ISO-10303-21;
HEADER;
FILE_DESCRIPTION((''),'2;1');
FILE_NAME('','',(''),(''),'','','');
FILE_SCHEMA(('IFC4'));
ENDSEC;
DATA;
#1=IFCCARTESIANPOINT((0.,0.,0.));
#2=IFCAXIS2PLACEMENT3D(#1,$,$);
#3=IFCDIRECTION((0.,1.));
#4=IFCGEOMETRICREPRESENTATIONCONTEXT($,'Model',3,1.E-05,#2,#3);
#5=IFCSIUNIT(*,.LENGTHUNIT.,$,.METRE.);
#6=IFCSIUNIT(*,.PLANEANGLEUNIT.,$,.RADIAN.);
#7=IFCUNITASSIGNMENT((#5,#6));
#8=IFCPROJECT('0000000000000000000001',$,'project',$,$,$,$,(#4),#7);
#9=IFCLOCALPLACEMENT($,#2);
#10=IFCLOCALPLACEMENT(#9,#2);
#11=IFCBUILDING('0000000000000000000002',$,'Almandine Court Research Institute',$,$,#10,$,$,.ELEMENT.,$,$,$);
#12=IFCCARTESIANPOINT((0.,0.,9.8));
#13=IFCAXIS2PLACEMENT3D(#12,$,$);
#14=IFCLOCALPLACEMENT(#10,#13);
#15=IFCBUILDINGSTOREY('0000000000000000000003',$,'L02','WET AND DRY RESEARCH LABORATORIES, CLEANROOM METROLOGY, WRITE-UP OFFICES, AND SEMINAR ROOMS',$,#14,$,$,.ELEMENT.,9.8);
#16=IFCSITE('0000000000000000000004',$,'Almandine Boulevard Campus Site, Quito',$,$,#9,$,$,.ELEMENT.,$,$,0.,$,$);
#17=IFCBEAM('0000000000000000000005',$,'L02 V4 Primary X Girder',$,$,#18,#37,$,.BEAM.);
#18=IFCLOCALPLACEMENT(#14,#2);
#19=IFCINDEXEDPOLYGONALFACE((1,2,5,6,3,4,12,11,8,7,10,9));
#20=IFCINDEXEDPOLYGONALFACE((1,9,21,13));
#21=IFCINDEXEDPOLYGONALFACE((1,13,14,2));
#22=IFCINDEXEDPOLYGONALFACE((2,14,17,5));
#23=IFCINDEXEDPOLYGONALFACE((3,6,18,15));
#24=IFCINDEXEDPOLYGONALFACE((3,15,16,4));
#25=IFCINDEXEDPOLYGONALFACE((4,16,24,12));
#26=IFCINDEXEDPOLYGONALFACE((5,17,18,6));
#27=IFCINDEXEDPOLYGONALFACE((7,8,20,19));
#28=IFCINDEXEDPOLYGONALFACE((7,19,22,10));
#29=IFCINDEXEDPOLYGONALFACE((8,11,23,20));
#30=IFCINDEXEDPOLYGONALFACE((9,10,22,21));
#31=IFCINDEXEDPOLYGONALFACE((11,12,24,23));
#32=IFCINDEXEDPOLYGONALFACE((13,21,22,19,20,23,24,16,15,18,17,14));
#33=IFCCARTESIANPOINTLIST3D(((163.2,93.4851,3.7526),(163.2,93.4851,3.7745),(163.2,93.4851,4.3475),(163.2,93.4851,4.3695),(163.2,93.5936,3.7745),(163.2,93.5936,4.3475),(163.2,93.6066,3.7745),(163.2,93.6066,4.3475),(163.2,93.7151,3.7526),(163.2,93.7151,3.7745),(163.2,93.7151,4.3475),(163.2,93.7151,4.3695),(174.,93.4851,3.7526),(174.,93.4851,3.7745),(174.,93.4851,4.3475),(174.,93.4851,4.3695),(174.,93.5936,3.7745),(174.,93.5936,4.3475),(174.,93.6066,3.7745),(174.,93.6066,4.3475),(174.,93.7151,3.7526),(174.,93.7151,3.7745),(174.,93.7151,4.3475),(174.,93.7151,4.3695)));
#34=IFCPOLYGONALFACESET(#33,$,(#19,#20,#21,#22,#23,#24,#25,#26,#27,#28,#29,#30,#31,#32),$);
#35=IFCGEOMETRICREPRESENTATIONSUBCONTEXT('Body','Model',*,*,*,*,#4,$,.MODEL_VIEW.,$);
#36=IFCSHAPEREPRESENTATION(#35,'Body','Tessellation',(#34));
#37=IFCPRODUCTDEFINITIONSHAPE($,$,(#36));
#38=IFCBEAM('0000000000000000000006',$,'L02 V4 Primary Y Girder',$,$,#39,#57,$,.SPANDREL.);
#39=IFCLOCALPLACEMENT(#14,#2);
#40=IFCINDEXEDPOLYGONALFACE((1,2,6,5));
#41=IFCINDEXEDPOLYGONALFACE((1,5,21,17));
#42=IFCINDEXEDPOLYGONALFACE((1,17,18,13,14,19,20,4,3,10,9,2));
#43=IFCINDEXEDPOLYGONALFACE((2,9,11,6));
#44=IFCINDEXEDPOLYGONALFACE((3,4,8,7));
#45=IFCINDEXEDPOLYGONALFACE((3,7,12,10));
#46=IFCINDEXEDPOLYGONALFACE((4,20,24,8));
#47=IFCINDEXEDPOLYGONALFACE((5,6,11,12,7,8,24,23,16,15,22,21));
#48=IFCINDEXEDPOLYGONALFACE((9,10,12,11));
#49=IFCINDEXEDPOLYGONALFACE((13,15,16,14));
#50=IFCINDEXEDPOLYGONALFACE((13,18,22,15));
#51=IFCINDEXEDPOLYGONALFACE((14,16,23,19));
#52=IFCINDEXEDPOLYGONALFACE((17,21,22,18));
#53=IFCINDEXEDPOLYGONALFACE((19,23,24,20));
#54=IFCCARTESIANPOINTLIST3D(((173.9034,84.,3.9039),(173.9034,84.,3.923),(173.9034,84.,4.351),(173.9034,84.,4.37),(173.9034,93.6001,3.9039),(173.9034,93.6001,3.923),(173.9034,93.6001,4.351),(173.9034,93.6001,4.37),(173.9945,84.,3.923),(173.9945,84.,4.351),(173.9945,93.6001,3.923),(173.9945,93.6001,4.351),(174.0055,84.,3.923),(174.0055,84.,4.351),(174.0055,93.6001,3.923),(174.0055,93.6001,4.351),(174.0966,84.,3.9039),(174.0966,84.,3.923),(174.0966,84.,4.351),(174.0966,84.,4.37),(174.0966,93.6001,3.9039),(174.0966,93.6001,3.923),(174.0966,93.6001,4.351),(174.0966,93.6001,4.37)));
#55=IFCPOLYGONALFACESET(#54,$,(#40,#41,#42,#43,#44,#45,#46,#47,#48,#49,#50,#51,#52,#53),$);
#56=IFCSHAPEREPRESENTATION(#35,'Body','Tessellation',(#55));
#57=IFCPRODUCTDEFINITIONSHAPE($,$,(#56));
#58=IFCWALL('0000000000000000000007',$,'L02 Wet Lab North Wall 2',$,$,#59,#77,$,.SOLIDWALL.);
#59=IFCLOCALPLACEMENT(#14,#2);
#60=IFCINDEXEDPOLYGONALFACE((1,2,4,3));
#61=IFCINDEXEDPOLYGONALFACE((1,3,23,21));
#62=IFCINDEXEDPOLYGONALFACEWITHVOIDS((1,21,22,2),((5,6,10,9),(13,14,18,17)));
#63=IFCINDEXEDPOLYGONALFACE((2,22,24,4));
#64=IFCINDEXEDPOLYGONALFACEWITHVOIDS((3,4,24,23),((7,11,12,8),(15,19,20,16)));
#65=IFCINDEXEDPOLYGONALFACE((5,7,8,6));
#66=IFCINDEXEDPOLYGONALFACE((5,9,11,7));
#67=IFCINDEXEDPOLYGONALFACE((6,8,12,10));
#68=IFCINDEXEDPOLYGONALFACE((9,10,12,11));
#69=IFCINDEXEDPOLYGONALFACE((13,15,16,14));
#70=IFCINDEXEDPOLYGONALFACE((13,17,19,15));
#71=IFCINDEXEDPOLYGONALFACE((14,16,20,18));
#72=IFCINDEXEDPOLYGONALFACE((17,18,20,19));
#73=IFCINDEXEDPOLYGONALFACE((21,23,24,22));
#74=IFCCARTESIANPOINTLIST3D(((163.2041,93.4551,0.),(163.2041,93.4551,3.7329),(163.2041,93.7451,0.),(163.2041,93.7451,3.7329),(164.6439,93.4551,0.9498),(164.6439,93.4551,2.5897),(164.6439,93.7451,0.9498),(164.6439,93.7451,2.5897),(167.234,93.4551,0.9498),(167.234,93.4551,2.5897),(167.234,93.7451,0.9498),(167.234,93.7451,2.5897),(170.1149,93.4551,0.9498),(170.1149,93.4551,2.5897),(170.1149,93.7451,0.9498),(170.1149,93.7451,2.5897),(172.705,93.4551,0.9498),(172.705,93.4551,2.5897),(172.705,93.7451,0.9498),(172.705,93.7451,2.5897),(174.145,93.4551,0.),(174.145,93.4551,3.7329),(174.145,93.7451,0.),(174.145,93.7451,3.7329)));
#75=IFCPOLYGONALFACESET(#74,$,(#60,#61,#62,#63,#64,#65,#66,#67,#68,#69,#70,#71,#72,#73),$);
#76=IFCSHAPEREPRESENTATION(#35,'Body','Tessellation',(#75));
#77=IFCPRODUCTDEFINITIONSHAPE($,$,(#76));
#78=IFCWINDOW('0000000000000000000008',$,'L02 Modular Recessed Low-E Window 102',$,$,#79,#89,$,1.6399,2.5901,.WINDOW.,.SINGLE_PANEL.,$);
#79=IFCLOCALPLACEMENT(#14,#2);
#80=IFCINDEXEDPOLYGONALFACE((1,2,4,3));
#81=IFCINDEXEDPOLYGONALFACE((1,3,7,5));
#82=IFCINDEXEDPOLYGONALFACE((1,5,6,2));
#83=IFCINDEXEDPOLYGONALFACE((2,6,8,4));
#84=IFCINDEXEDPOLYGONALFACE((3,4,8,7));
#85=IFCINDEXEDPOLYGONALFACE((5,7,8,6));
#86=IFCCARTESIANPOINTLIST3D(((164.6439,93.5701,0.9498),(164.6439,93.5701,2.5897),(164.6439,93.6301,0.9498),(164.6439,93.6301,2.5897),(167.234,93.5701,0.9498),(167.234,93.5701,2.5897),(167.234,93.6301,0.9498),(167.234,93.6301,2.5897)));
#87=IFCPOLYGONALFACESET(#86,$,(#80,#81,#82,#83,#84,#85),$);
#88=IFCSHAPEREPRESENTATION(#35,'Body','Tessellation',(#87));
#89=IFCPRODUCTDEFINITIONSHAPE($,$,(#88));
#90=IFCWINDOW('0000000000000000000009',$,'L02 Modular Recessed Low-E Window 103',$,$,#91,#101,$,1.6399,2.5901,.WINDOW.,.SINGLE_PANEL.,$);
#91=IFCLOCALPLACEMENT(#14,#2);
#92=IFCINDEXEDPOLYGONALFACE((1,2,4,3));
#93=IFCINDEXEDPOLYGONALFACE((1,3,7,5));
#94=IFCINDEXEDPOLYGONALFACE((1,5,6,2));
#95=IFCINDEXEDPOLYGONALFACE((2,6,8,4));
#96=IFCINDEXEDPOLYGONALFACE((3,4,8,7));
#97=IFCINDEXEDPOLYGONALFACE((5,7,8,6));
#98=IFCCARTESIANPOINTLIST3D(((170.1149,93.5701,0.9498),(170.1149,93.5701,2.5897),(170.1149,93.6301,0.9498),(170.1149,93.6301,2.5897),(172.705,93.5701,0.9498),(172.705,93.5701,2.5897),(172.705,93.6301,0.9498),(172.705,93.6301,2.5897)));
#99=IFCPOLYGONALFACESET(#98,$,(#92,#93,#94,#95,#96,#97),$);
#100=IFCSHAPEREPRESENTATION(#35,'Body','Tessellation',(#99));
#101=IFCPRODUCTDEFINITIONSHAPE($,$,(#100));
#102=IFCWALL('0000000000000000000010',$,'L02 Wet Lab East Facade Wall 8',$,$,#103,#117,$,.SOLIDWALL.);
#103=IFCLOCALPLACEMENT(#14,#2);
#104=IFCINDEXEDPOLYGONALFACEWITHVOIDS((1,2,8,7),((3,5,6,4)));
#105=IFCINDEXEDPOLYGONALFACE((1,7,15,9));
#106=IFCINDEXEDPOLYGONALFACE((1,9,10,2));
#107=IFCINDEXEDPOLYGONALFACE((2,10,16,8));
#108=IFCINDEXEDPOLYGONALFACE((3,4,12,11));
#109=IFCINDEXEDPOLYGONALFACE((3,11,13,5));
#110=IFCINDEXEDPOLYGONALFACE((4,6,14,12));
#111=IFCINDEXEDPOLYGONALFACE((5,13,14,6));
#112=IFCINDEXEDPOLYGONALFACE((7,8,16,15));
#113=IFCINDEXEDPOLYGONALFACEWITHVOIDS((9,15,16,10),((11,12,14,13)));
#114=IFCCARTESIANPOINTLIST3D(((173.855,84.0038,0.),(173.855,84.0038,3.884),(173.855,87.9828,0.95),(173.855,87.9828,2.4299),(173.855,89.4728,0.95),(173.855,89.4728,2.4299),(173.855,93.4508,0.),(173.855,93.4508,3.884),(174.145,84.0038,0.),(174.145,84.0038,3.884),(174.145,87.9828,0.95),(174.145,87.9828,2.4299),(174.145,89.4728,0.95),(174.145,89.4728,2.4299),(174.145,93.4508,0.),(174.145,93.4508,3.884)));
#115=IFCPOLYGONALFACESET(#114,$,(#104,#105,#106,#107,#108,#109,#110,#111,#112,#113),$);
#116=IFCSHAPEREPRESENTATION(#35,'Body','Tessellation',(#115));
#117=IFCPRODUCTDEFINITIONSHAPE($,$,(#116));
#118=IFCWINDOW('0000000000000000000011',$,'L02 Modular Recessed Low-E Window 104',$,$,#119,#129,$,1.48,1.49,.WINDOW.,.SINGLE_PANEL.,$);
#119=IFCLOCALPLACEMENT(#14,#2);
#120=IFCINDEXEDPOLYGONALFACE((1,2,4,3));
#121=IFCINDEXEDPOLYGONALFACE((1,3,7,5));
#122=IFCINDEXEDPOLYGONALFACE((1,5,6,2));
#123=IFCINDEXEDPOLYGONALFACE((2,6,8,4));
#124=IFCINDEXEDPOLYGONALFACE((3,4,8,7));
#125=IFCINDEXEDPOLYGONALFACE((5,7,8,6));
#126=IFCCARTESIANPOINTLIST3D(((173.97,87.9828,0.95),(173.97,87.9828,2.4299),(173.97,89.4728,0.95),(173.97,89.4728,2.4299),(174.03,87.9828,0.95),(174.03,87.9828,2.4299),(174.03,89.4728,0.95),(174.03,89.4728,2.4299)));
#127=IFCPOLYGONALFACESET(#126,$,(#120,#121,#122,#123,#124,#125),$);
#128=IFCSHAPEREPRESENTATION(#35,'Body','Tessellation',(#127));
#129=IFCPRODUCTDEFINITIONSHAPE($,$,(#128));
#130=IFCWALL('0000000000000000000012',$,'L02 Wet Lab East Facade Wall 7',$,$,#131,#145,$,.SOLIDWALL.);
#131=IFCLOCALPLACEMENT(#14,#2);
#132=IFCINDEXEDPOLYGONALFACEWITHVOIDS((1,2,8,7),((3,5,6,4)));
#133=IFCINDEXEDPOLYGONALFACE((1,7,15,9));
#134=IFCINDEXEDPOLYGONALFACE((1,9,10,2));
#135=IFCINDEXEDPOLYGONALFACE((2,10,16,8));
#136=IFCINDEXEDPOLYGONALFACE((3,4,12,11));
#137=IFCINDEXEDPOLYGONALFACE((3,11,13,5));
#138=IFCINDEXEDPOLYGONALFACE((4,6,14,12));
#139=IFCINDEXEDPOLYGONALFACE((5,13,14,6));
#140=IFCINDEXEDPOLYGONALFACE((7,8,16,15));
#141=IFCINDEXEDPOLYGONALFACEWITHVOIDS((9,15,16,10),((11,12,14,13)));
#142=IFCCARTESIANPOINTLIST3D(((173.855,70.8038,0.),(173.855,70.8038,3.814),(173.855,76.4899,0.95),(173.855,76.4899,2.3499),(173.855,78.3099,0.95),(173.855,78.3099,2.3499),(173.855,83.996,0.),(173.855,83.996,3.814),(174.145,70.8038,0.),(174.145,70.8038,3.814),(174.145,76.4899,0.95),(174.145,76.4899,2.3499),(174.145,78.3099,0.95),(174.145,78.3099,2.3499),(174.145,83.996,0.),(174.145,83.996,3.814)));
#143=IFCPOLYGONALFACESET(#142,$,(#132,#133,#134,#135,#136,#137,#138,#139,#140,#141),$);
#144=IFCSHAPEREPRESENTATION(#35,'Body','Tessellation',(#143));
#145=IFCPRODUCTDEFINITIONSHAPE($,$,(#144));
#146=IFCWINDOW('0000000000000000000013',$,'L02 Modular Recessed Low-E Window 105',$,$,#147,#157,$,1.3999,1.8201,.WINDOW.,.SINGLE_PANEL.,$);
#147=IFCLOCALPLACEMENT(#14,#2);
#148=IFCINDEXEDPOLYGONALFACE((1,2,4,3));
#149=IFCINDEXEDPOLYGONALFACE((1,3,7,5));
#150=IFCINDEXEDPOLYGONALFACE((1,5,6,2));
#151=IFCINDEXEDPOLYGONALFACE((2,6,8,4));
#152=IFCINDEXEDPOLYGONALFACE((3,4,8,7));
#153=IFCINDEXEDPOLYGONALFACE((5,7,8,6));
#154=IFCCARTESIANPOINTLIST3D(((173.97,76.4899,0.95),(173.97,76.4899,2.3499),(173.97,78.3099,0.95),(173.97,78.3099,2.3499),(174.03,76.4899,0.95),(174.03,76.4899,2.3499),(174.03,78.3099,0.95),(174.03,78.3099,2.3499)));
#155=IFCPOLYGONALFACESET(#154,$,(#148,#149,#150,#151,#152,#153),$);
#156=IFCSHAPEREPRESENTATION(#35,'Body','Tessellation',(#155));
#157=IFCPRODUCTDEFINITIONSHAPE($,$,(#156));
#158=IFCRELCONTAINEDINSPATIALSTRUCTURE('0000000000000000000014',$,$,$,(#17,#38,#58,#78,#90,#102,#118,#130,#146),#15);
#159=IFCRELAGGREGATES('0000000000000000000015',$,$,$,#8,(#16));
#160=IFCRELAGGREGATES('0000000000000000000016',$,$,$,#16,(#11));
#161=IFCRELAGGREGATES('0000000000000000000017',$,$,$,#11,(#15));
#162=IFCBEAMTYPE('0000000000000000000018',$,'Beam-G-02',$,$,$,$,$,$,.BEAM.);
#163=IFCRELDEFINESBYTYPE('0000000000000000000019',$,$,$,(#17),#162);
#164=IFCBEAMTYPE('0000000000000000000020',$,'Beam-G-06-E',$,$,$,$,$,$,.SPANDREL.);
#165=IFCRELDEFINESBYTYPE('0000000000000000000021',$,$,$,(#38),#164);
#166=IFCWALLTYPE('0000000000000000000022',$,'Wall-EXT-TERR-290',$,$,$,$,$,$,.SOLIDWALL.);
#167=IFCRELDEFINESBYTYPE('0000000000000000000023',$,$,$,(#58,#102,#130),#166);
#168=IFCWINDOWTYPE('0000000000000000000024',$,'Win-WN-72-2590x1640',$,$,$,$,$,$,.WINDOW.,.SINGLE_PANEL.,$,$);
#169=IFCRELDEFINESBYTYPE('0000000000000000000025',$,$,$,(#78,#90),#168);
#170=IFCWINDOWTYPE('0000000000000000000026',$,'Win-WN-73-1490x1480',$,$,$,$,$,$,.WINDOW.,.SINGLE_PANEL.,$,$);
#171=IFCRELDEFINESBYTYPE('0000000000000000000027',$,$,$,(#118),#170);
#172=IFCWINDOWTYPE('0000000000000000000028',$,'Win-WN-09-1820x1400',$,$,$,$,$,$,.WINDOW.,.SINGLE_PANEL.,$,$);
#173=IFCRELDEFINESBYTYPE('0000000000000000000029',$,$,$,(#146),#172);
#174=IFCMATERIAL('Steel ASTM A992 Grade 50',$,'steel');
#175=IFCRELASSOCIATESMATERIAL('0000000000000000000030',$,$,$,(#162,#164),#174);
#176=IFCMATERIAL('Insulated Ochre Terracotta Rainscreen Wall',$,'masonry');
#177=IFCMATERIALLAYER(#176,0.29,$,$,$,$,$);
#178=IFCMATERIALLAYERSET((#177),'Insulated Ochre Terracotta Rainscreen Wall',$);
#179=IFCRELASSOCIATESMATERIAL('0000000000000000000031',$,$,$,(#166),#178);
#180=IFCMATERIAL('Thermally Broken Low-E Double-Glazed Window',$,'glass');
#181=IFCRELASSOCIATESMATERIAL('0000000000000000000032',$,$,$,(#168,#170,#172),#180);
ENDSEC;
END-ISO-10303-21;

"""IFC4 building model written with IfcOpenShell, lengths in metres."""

from ifc_helpers import new_model, si_unit, direction, frame, frame_2d, origin, origin_2d, place, context, subcontext, project, spatial, rectangle, i_section, extrude, material, layer, layer_set, material_profile, profile_set, type_object, element, fill, save


model = new_model("IFC4")

# Units and contexts
model_context = context("Model", 3, precision=1e-05, world=origin(), true_north=direction((0.0, 1.0)))
body_context = subcontext(model_context, "Body", "Model", "MODEL_VIEW")
ifc_project = project(units=[si_unit("LENGTHUNIT", "METRE"), si_unit("PLANEANGLEUNIT", "RADIAN")], contexts=[model_context])

# Site, building, storey
site_placement = place(None, origin())
site = spatial("IfcSite", under=ifc_project, at=site_placement, Name="Almandine Boulevard Campus Site, Quito", CompositionType="ELEMENT", RefElevation=0.0)
building_placement = place(site_placement, origin())
building = spatial("IfcBuilding", under=site, at=building_placement, Name="Almandine Court Research Institute", CompositionType="ELEMENT")
storey_placement = place(building_placement, frame((0.0, 0.0, 9.8)))
storey = spatial("IfcBuildingStorey", under=building, at=storey_placement, Name="L02", Description="WET AND DRY RESEARCH LABORATORIES, CLEANROOM METROLOGY, WRITE-UP OFFICES, AND SEMINAR ROOMS", CompositionType="ELEMENT", Elevation=9.8)

# Shared definitions
ifc_material_1 = material(Name="Steel ASTM A992 Grade 50", Category="steel")

# Beams
ifc_material_profile_1 = material_profile(ifc_material_1, i_section(OverallWidth=0.23, OverallDepth=0.6169, WebThickness=0.0129, FlangeThickness=0.022, at=origin_2d()), Name="W610x140")
ifc_profile_set_1 = profile_set([ifc_material_profile_1], Name="Steel ASTM A992 Grade 50")
beam_type_1 = type_object("IfcBeamType", Name="Beam-G-02", PredefinedType="BEAM", material=ifc_profile_set_1)
for number, where, z_axis, x_axis, name in (
    (1, (163.2, 93.6001, 4.061), (1.0, 0.0, 0.0), (0.0, 1.0, 0.0), "L02 V4 Primary X Girder"),
):
    element("IfcBeam", number, at=place(storey_placement, frame(where, z_axis=z_axis, x_axis=x_axis)), inside=storey, type_object=beam_type_1, Name=name, PredefinedType="BEAM", context=body_context, shape_type="SweptSolid", body=[
        extrude(i_section(OverallWidth=0.23, OverallDepth=0.6169, WebThickness=0.0129, FlangeThickness=0.022, at=origin_2d()), origin(), (0.0, 0.0, 1.0), 10.8),
    ])
ifc_material_profile_2 = material_profile(ifc_material_1, i_section(OverallWidth=0.1931, OverallDepth=0.4661, WebThickness=0.011, FlangeThickness=0.019, at=origin_2d()), Name="W460x97")
ifc_profile_set_2 = profile_set([ifc_material_profile_2], Name="Steel ASTM A992 Grade 50")
beam_type_2 = type_object("IfcBeamType", Name="Beam-G-06-E", PredefinedType="SPANDREL", material=ifc_profile_set_2)
beam_1_placement = place(storey_placement, frame((174.0, 84.0, 4.137), z_axis=(0.0, 1.0, 0.0), x_axis=(-1.0, 0.0, 0.0)))
element("IfcBeam", 2, at=beam_1_placement, inside=storey, type_object=beam_type_2, Name="L02 V4 Primary Y Girder", PredefinedType="SPANDREL", context=body_context, shape_type="SweptSolid", body=[
    extrude(i_section(OverallWidth=0.1931, OverallDepth=0.4661, WebThickness=0.011, FlangeThickness=0.019, at=origin_2d()), origin(), (0.0, 0.0, 1.0), 9.6001),
])

# Wall, openings, windows
ifc_material_2 = material(Name="Insulated Ochre Terracotta Rainscreen Wall", Category="masonry")
ifc_layer_1 = layer(ifc_material_2, 0.29)
ifc_layer_set_1 = layer_set([ifc_layer_1], Name="Insulated Ochre Terracotta Rainscreen Wall")
wall_type_1 = type_object("IfcWallType", Name="Wall-EXT-TERR-290", PredefinedType="SOLIDWALL", material=ifc_layer_set_1)
wall_1_placement = place(storey_placement, frame((163.2041, 93.6001, 0.0), z_axis=(0.0, 0.0, 1.0), x_axis=(1.0, 0.0, 0.0)))
wall_1 = element("IfcWall", 3, at=wall_1_placement, inside=storey, type_object=wall_type_1, Name="L02 Wet Lab North Wall 2", PredefinedType="SOLIDWALL", context=body_context, shape_type="SweptSolid", body=[
    extrude(rectangle(XDim=10.9409, YDim=0.29, at=frame_2d((5.4705, 0.0))), origin(), (0.0, 0.0, 1.0), 3.7329),
])
opening_1_placement = place(wall_1_placement, frame((1.4399, 0.0, 0.95)))
opening_1 = element("IfcOpeningElement", 4, at=opening_1_placement, cuts=wall_1, PredefinedType="OPENING", context=body_context, shape_type="SweptSolid", body=[
    extrude(rectangle(XDim=2.5901, YDim=1.6399, at=frame_2d((1.2949, 0.8198))), frame((0.0, 0.155, 0.0), z_axis=(0.0, -1.0, 0.0), x_axis=(1.0, 0.0, 0.0)), (0.0, 0.0, 1.0), 0.3101),
])
opening_2_placement = place(wall_1_placement, frame((6.9109, 0.0, 0.95)))
opening_2 = element("IfcOpeningElement", 5, at=opening_2_placement, cuts=wall_1, PredefinedType="OPENING", context=body_context, shape_type="SweptSolid", body=[
    extrude(rectangle(XDim=2.5901, YDim=1.6399, at=frame_2d((1.2949, 0.8198))), frame((0.0, 0.155, 0.0), z_axis=(0.0, -1.0, 0.0), x_axis=(1.0, 0.0, 0.0)), (0.0, 0.0, 1.0), 0.3101),
])
ifc_material_3 = material(Name="Thermally Broken Low-E Double-Glazed Window", Category="glass")
window_type_1 = type_object("IfcWindowType", Name="Win-WN-72-2590x1640", PartitioningType="SINGLE_PANEL", PredefinedType="WINDOW", material=ifc_material_3)
window_1_placement = place(opening_1_placement, origin())
window_1 = element("IfcWindow", 6, at=window_1_placement, inside=storey, type_object=window_type_1, Name="L02 Modular Recessed Low-E Window 102", OverallHeight=1.6399, OverallWidth=2.5901, PartitioningType="SINGLE_PANEL", PredefinedType="WINDOW", context=body_context, shape_type="SweptSolid", body=[
    extrude(rectangle(XDim=2.5901, YDim=1.6399, at=frame_2d((1.2949, 0.8198))), frame((0.0, 0.03, 0.0), z_axis=(0.0, -1.0, 0.0), x_axis=(1.0, 0.0, 0.0)), (0.0, 0.0, 1.0), 0.0601),
])
fill(opening_1, window_1)
window_2_placement = place(opening_2_placement, origin())
window_2 = element("IfcWindow", 7, at=window_2_placement, inside=storey, type_object=window_type_1, Name="L02 Modular Recessed Low-E Window 103", OverallHeight=1.6399, OverallWidth=2.5901, PartitioningType="SINGLE_PANEL", PredefinedType="WINDOW", context=body_context, shape_type="SweptSolid", body=[
    extrude(rectangle(XDim=2.5901, YDim=1.6399, at=frame_2d((1.2949, 0.8198))), frame((0.0, 0.03, 0.0), z_axis=(0.0, -1.0, 0.0), x_axis=(1.0, 0.0, 0.0)), (0.0, 0.0, 1.0), 0.0601),
])
fill(opening_2, window_2)

# Walls, openings, windows
wall_2_placement = place(storey_placement, frame((174.0, 93.4509, 0.0), z_axis=(0.0, 0.0, 1.0), x_axis=(0.0, -1.0, 0.0)))
wall_2 = element("IfcWall", 8, at=wall_2_placement, inside=storey, type_object=wall_type_1, Name="L02 Wet Lab East Facade Wall 8", PredefinedType="SOLIDWALL", context=body_context, shape_type="SweptSolid", body=[
    extrude(rectangle(XDim=9.447, YDim=0.29, at=frame_2d((4.7236, 0.0))), origin(), (0.0, 0.0, 1.0), 3.884),
])
opening_3_placement = place(wall_2_placement, frame((3.978, 0.0, 0.95)))
opening_3 = element("IfcOpeningElement", 9, at=opening_3_placement, cuts=wall_2, PredefinedType="OPENING", context=body_context, shape_type="SweptSolid", body=[
    extrude(rectangle(XDim=1.49, YDim=1.48, at=frame_2d((0.7451, 0.74))), frame((0.0, 0.155, 0.0), z_axis=(0.0, -1.0, 0.0), x_axis=(1.0, 0.0, 0.0)), (0.0, 0.0, 1.0), 0.3101),
])
window_type_2 = type_object("IfcWindowType", Name="Win-WN-73-1490x1480", PartitioningType="SINGLE_PANEL", PredefinedType="WINDOW", material=ifc_material_3)
window_3_placement = place(opening_3_placement, origin())
window_3 = element("IfcWindow", 10, at=window_3_placement, inside=storey, type_object=window_type_2, Name="L02 Modular Recessed Low-E Window 104", OverallHeight=1.48, OverallWidth=1.49, PartitioningType="SINGLE_PANEL", PredefinedType="WINDOW", context=body_context, shape_type="SweptSolid", body=[
    extrude(rectangle(XDim=1.49, YDim=1.48, at=frame_2d((0.7451, 0.74))), frame((0.0, 0.03, 0.0), z_axis=(0.0, -1.0, 0.0), x_axis=(1.0, 0.0, 0.0)), (0.0, 0.0, 1.0), 0.0601),
])
fill(opening_3, window_3)
wall_3_placement = place(storey_placement, frame((174.0, 83.9961, 0.0), z_axis=(0.0, 0.0, 1.0), x_axis=(0.0, -1.0, 0.0)))
wall_3 = element("IfcWall", 11, at=wall_3_placement, inside=storey, type_object=wall_type_1, Name="L02 Wet Lab East Facade Wall 7", PredefinedType="SOLIDWALL", context=body_context, shape_type="SweptSolid", body=[
    extrude(rectangle(XDim=13.1921, YDim=0.29, at=frame_2d((6.5962, 0.0))), origin(), (0.0, 0.0, 1.0), 3.814),
])
opening_4_placement = place(wall_3_placement, frame((5.686, 0.0, 0.95)))
opening_4 = element("IfcOpeningElement", 12, at=opening_4_placement, cuts=wall_3, PredefinedType="OPENING", context=body_context, shape_type="SweptSolid", body=[
    extrude(rectangle(XDim=1.8201, YDim=1.3999, at=frame_2d((0.9102, 0.7))), frame((0.0, 0.155, 0.0), z_axis=(0.0, -1.0, 0.0), x_axis=(1.0, 0.0, 0.0)), (0.0, 0.0, 1.0), 0.3101),
])
window_type_3 = type_object("IfcWindowType", Name="Win-WN-09-1820x1400", PartitioningType="SINGLE_PANEL", PredefinedType="WINDOW", material=ifc_material_3)
window_4_placement = place(opening_4_placement, origin())
window_4 = element("IfcWindow", 13, at=window_4_placement, inside=storey, type_object=window_type_3, Name="L02 Modular Recessed Low-E Window 105", OverallHeight=1.3999, OverallWidth=1.8201, PartitioningType="SINGLE_PANEL", PredefinedType="WINDOW", context=body_context, shape_type="SweptSolid", body=[
    extrude(rectangle(XDim=1.8201, YDim=1.3999, at=frame_2d((0.9102, 0.7))), frame((0.0, 0.03, 0.0), z_axis=(0.0, -1.0, 0.0), x_axis=(1.0, 0.0, 0.0)), (0.0, 0.0, 1.0), 0.0601),
])
fill(opening_4, window_4)

save(model, "model.ifc")
